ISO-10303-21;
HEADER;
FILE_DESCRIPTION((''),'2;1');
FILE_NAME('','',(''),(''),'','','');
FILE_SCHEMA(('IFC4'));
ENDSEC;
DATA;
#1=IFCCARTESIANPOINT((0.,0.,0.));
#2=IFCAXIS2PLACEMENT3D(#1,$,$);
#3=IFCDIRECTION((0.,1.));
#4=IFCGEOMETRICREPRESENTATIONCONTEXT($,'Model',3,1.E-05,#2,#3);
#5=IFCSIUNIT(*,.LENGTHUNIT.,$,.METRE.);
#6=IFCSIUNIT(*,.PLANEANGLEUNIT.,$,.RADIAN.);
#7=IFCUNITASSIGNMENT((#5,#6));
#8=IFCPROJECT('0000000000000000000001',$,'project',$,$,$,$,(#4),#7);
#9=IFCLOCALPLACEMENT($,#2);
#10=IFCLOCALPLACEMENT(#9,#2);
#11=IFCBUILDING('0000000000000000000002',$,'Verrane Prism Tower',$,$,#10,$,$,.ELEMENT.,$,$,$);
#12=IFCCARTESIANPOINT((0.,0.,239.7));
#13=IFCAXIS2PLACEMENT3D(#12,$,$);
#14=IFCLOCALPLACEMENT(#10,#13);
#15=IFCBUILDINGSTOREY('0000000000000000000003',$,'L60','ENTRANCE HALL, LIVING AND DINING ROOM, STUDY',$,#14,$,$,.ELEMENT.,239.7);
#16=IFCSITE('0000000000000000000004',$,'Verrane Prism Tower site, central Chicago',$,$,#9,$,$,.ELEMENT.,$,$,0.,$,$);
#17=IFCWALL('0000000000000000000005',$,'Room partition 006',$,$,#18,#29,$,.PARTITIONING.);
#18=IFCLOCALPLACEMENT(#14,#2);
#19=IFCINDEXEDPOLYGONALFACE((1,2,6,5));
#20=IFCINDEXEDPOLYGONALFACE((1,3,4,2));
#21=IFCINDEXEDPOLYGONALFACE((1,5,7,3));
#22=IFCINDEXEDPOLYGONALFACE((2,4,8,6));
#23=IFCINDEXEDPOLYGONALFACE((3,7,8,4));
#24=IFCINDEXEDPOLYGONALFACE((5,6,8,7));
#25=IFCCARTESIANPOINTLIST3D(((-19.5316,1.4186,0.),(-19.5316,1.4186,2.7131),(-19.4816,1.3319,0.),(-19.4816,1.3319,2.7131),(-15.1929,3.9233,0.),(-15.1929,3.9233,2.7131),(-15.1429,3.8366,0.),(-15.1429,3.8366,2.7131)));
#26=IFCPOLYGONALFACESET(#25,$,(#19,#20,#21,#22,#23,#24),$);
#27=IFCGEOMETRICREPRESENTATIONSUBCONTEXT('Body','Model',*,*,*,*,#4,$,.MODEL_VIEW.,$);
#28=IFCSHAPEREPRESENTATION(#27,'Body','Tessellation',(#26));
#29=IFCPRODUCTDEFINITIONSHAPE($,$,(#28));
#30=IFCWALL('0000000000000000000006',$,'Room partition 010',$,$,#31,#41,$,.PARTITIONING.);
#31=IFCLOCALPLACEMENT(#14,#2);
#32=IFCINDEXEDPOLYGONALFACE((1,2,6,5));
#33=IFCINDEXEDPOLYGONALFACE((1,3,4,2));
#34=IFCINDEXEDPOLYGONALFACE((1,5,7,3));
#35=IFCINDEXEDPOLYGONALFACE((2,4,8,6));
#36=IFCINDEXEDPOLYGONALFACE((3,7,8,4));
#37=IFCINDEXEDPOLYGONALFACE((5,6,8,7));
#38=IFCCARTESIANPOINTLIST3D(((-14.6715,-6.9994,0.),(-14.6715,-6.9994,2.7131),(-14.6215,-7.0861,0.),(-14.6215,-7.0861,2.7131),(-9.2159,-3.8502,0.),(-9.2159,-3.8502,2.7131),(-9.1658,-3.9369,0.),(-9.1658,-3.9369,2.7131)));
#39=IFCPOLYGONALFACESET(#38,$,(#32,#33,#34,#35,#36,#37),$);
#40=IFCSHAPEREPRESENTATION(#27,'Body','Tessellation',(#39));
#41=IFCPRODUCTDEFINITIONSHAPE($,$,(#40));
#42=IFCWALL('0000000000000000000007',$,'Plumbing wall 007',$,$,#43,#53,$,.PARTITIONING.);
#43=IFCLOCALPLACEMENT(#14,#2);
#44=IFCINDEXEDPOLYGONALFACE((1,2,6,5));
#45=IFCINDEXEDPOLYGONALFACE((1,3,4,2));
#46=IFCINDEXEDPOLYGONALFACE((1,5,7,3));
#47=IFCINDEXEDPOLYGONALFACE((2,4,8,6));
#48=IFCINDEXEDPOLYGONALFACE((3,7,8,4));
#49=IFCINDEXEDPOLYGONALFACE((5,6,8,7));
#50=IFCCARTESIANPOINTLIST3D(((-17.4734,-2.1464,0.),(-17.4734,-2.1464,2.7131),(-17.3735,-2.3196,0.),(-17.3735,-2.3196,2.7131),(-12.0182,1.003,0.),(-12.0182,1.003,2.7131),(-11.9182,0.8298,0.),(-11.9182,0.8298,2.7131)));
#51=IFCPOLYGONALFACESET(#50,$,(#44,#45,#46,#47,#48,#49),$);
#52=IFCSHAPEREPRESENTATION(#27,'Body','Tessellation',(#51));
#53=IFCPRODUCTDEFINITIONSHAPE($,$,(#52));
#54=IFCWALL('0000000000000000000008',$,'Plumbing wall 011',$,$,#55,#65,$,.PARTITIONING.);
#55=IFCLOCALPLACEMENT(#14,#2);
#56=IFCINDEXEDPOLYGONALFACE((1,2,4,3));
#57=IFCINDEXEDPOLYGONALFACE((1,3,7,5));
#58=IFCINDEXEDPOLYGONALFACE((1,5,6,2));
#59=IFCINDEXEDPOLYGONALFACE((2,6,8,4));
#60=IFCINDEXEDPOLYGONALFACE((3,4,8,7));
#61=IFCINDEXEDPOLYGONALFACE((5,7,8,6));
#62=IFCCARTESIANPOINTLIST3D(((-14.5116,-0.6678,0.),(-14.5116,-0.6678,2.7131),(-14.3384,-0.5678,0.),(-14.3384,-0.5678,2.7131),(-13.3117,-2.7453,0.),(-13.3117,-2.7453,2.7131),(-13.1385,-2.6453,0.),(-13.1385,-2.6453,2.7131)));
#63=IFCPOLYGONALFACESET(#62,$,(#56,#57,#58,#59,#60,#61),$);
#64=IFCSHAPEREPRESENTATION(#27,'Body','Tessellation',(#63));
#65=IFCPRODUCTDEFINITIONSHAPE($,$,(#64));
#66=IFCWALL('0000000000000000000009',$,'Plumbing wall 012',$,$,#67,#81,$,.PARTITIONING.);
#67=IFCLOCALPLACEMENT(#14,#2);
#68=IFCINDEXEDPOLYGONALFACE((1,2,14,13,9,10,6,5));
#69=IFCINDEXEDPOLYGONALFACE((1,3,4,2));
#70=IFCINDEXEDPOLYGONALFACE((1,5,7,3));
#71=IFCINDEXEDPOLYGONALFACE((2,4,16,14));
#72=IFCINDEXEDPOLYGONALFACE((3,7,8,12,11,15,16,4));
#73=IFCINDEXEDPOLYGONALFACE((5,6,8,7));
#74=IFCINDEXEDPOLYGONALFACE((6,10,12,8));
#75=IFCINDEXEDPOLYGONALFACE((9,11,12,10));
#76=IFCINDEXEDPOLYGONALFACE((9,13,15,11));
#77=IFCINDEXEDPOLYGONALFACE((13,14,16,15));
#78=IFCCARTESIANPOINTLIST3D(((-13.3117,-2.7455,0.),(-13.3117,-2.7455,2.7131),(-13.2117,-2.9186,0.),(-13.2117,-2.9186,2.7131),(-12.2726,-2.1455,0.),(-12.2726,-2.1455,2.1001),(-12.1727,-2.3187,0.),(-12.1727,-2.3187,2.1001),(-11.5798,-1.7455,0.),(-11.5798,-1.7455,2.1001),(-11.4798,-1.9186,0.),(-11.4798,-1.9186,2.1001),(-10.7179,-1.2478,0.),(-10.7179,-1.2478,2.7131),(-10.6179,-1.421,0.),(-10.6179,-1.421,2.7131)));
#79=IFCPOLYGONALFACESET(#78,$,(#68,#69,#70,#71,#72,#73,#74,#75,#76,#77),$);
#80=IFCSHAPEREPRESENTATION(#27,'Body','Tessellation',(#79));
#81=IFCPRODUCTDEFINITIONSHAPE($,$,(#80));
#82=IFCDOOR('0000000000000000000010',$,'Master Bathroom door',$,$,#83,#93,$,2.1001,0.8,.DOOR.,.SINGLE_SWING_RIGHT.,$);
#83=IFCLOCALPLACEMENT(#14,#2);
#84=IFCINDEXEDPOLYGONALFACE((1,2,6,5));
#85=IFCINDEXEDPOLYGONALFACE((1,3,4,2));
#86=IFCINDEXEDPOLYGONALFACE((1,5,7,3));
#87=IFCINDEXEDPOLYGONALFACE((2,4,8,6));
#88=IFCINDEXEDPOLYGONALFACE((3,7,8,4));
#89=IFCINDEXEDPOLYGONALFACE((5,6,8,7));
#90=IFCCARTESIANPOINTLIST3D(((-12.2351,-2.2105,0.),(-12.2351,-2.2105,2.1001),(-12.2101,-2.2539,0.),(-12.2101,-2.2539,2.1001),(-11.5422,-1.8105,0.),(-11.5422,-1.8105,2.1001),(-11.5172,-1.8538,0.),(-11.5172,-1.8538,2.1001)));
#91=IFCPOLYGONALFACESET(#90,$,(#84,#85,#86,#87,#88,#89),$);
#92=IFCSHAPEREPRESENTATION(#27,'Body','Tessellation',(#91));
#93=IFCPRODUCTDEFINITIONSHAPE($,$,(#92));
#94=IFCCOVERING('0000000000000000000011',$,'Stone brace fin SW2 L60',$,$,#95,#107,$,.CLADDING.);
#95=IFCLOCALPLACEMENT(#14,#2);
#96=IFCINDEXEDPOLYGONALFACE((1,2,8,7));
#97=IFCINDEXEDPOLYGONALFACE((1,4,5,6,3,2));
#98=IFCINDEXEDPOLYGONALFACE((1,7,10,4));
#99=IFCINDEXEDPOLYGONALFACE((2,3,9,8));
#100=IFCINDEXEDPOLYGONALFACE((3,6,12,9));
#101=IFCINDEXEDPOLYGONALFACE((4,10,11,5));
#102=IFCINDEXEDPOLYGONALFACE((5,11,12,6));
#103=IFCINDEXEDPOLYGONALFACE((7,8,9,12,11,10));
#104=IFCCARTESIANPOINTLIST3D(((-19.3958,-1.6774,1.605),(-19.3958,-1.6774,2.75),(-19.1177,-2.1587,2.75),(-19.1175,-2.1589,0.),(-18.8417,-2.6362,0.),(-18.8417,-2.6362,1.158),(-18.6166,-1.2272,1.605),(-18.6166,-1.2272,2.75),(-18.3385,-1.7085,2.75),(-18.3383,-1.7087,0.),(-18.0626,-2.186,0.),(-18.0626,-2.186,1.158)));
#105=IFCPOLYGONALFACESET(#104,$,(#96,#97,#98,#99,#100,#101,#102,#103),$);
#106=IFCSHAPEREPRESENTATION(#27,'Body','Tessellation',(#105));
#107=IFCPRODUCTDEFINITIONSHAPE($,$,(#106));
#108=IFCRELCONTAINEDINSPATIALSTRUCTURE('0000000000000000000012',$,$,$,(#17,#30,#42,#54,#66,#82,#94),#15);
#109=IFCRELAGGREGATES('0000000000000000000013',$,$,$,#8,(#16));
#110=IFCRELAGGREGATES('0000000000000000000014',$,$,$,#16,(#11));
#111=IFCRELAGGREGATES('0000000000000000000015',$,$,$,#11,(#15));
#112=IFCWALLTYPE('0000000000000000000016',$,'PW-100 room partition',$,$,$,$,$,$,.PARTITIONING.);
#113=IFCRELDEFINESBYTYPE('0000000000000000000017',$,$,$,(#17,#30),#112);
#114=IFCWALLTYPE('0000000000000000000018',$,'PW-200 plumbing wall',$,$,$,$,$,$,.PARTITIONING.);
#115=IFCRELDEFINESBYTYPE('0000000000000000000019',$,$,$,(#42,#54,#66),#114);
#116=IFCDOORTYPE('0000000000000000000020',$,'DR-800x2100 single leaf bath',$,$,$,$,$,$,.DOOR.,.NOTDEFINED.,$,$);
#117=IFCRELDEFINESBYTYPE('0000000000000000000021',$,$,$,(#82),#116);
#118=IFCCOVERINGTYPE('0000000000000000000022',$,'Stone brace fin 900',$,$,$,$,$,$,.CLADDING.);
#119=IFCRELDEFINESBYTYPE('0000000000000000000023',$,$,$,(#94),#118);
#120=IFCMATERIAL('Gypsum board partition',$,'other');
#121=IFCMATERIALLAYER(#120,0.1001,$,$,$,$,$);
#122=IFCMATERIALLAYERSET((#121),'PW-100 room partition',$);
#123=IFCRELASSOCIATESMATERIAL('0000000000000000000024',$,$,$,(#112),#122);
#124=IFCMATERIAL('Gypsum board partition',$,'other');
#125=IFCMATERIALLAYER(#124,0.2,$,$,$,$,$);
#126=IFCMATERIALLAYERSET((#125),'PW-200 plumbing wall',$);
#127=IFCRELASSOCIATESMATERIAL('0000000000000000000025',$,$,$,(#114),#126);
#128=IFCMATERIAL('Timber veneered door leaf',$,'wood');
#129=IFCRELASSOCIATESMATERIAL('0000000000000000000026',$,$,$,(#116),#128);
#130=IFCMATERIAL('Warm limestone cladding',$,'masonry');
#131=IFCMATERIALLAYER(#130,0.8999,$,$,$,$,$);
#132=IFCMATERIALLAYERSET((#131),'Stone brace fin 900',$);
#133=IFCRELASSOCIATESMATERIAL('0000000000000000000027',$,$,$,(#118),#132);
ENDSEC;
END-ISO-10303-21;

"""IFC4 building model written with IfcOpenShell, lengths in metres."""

from ifc_helpers import new_model, si_unit, direction, frame, frame_2d, origin, place, context, subcontext, project, spatial, polyline, rectangle, outline, extrude, material, layer, layer_set, type_object, element, fill, save


model = new_model("IFC4")

# Units and contexts
model_context = context("Model", 3, precision=1e-05, world=origin(), true_north=direction((0.0, 1.0)))
body_context = subcontext(model_context, "Body", "Model", "MODEL_VIEW")
ifc_project = project(units=[si_unit("LENGTHUNIT", "METRE"), si_unit("PLANEANGLEUNIT", "RADIAN")], contexts=[model_context])

# Site, building, storey
site_placement = place(None, origin())
site = spatial("IfcSite", under=ifc_project, at=site_placement, Name="Verrane Prism Tower site, central Chicago", CompositionType="ELEMENT", RefElevation=0.0)
building_placement = place(site_placement, origin())
building = spatial("IfcBuilding", under=site, at=building_placement, Name="Verrane Prism Tower", CompositionType="ELEMENT")
storey_placement = place(building_placement, frame((0.0, 0.0, 239.7)))
storey = spatial("IfcBuildingStorey", under=building, at=storey_placement, Name="L60", Description="ENTRANCE HALL, LIVING AND DINING ROOM, STUDY", CompositionType="ELEMENT", Elevation=239.7)

# Walls
ifc_material_1 = material(Name="Gypsum board partition", Category="other")
ifc_layer_1 = layer(ifc_material_1, 0.1001)
ifc_layer_set_1 = layer_set([ifc_layer_1], Name="PW-100 room partition")
wall_type_1 = type_object("IfcWallType", Name="PW-100 room partition", PredefinedType="PARTITIONING", material=ifc_layer_set_1)
wall_1_placement = place(storey_placement, frame((-19.5066, 1.3752, 0.0), z_axis=(0.0, 0.0, 1.0), x_axis=(0.866048, 0.49996, 0.0)))
element("IfcWall", 1, at=wall_1_placement, inside=storey, type_object=wall_type_1, Name="Room partition 006", PredefinedType="PARTITIONING", context=body_context, shape_type="SweptSolid", body=[
    extrude(rectangle(XDim=5.0098, YDim=0.1001, at=frame_2d((2.5049, 0.0))), origin(), (0.0, 0.0, 1.0), 2.7131),
])
wall_2_placement = place(storey_placement, frame((-14.6465, -7.0427, 0.0), z_axis=(0.0, 0.0, 1.0), x_axis=(0.866067, 0.499928, 0.0)))
element("IfcWall", 2, at=wall_2_placement, inside=storey, type_object=wall_type_1, Name="Room partition 010", PredefinedType="PARTITIONING", context=body_context, shape_type="SweptSolid", body=[
    extrude(rectangle(XDim=6.2993, YDim=0.1001, at=frame_2d((3.1497, 0.0))), origin(), (0.0, 0.0, 1.0), 2.7131),
])
ifc_material_2 = material(Name="Gypsum board partition", Category="other")
ifc_layer_2 = layer(ifc_material_2, 0.2)
ifc_layer_set_2 = layer_set([ifc_layer_2], Name="PW-200 plumbing wall")
wall_type_2 = type_object("IfcWallType", Name="PW-200 plumbing wall", PredefinedType="PARTITIONING", material=ifc_layer_set_2)
wall_3_placement = place(storey_placement, frame((-17.4233, -2.2329, 0.0), z_axis=(0.0, 0.0, 1.0), x_axis=(0.86604, 0.499974, 0.0)))
element("IfcWall", 3, at=wall_3_placement, inside=storey, type_object=wall_type_2, Name="Plumbing wall 007", PredefinedType="PARTITIONING", context=body_context, shape_type="SweptSolid", body=[
    extrude(rectangle(XDim=6.2991, YDim=0.2, at=frame_2d((3.1494, 0.0))), origin(), (0.0, 0.0, 1.0), 2.7131),
])
wall_4_placement = place(storey_placement, frame((-14.425, -0.6177, 0.0), z_axis=(0.0, 0.0, 1.0), x_axis=(0.500133, -0.865948, 0.0)))
element("IfcWall", 4, at=wall_4_placement, inside=storey, type_object=wall_type_2, Name="Plumbing wall 011", PredefinedType="PARTITIONING", context=body_context, shape_type="SweptSolid", body=[
    extrude(rectangle(XDim=2.3992, YDim=0.2, at=frame_2d((1.1997, 0.0))), origin(), (0.0, 0.0, 1.0), 2.7131),
])

# Wall, opening, door
wall_5_placement = place(storey_placement, frame((-13.2617, -2.832, 0.0), z_axis=(0.0, 0.0, 1.0), x_axis=(0.866017, 0.500014, 0.0)))
wall_5 = element("IfcWall", 5, at=wall_5_placement, inside=storey, type_object=wall_type_2, Name="Plumbing wall 012", PredefinedType="PARTITIONING", context=body_context, shape_type="SweptSolid", body=[
    extrude(rectangle(XDim=2.9951, YDim=0.2, at=frame_2d((1.4976, 0.0))), origin(), (0.0, 0.0, 1.0), 2.7131),
])
opening_placement = place(wall_5_placement, frame((1.2, 0.0, 0.0)))
opening = element("IfcOpeningElement", 6, at=opening_placement, cuts=wall_5, PredefinedType="OPENING", context=body_context, shape_type="SweptSolid", body=[
    extrude(rectangle(XDim=0.8, YDim=2.1001, at=frame_2d((0.3999, 1.05))), frame((0.0, 0.1099, 0.0), z_axis=(0.0, -1.0, 0.0), x_axis=(1.0, 0.0, 0.0)), (0.0, 0.0, 1.0), 0.22),
])
ifc_material_3 = material(Name="Timber veneered door leaf", Category="wood")
door_type = type_object("IfcDoorType", Name="DR-800x2100 single leaf bath", OperationType="NOTDEFINED", PredefinedType="DOOR", material=ifc_material_3)
door_placement = place(opening_placement, origin())
door = element("IfcDoor", 7, at=door_placement, inside=storey, type_object=door_type, Name="Master Bathroom door", OperationType="SINGLE_SWING_RIGHT", OverallHeight=2.1001, OverallWidth=0.8, PredefinedType="DOOR", context=body_context, shape_type="SweptSolid", body=[
    extrude(rectangle(XDim=0.8, YDim=2.1001, at=frame_2d((0.3999, 1.05))), frame((0.0, 0.0249, 0.0), z_axis=(0.0, -1.0, 0.0), x_axis=(1.0, 0.0, 0.0)), (0.0, 0.0, 1.0), 0.05),
])
fill(opening, door)

# Covering
ifc_material_4 = material(Name="Warm limestone cladding", Category="masonry")
ifc_layer_3 = layer(ifc_material_4, 0.8999)
ifc_layer_set_3 = layer_set([ifc_layer_3], Name="Stone brace fin 900")
covering_type = type_object("IfcCoveringType", Name="Stone brace fin 900", PredefinedType="CLADDING", material=ifc_layer_set_3)
covering_placement = place(storey_placement, frame((-18.4521, -2.4111, 0.0), z_axis=(0.0, 0.0, 1.0), x_axis=(-0.500289, 0.865859, 0.0)))
element("IfcCovering", 8, at=covering_placement, inside=storey, type_object=covering_type, Name="Stone brace fin SW2 L60", PredefinedType="CLADDING", context=body_context, shape_type="SweptSolid", body=[
    extrude(outline(polyline([(1.1074, 2.75), (0.5515, 2.75), (0.0, 1.158), (0.0, 0.0), (0.5513, 0.0), (1.1074, 1.605), (1.1074, 2.75)])), frame((0.0, 0.45, 0.0), z_axis=(0.0, -1.0, 0.0), x_axis=(1.0, 0.0, 0.0)), (0.0, 0.0, 1.0), 0.8999),
])

save(model, "model.ifc")
